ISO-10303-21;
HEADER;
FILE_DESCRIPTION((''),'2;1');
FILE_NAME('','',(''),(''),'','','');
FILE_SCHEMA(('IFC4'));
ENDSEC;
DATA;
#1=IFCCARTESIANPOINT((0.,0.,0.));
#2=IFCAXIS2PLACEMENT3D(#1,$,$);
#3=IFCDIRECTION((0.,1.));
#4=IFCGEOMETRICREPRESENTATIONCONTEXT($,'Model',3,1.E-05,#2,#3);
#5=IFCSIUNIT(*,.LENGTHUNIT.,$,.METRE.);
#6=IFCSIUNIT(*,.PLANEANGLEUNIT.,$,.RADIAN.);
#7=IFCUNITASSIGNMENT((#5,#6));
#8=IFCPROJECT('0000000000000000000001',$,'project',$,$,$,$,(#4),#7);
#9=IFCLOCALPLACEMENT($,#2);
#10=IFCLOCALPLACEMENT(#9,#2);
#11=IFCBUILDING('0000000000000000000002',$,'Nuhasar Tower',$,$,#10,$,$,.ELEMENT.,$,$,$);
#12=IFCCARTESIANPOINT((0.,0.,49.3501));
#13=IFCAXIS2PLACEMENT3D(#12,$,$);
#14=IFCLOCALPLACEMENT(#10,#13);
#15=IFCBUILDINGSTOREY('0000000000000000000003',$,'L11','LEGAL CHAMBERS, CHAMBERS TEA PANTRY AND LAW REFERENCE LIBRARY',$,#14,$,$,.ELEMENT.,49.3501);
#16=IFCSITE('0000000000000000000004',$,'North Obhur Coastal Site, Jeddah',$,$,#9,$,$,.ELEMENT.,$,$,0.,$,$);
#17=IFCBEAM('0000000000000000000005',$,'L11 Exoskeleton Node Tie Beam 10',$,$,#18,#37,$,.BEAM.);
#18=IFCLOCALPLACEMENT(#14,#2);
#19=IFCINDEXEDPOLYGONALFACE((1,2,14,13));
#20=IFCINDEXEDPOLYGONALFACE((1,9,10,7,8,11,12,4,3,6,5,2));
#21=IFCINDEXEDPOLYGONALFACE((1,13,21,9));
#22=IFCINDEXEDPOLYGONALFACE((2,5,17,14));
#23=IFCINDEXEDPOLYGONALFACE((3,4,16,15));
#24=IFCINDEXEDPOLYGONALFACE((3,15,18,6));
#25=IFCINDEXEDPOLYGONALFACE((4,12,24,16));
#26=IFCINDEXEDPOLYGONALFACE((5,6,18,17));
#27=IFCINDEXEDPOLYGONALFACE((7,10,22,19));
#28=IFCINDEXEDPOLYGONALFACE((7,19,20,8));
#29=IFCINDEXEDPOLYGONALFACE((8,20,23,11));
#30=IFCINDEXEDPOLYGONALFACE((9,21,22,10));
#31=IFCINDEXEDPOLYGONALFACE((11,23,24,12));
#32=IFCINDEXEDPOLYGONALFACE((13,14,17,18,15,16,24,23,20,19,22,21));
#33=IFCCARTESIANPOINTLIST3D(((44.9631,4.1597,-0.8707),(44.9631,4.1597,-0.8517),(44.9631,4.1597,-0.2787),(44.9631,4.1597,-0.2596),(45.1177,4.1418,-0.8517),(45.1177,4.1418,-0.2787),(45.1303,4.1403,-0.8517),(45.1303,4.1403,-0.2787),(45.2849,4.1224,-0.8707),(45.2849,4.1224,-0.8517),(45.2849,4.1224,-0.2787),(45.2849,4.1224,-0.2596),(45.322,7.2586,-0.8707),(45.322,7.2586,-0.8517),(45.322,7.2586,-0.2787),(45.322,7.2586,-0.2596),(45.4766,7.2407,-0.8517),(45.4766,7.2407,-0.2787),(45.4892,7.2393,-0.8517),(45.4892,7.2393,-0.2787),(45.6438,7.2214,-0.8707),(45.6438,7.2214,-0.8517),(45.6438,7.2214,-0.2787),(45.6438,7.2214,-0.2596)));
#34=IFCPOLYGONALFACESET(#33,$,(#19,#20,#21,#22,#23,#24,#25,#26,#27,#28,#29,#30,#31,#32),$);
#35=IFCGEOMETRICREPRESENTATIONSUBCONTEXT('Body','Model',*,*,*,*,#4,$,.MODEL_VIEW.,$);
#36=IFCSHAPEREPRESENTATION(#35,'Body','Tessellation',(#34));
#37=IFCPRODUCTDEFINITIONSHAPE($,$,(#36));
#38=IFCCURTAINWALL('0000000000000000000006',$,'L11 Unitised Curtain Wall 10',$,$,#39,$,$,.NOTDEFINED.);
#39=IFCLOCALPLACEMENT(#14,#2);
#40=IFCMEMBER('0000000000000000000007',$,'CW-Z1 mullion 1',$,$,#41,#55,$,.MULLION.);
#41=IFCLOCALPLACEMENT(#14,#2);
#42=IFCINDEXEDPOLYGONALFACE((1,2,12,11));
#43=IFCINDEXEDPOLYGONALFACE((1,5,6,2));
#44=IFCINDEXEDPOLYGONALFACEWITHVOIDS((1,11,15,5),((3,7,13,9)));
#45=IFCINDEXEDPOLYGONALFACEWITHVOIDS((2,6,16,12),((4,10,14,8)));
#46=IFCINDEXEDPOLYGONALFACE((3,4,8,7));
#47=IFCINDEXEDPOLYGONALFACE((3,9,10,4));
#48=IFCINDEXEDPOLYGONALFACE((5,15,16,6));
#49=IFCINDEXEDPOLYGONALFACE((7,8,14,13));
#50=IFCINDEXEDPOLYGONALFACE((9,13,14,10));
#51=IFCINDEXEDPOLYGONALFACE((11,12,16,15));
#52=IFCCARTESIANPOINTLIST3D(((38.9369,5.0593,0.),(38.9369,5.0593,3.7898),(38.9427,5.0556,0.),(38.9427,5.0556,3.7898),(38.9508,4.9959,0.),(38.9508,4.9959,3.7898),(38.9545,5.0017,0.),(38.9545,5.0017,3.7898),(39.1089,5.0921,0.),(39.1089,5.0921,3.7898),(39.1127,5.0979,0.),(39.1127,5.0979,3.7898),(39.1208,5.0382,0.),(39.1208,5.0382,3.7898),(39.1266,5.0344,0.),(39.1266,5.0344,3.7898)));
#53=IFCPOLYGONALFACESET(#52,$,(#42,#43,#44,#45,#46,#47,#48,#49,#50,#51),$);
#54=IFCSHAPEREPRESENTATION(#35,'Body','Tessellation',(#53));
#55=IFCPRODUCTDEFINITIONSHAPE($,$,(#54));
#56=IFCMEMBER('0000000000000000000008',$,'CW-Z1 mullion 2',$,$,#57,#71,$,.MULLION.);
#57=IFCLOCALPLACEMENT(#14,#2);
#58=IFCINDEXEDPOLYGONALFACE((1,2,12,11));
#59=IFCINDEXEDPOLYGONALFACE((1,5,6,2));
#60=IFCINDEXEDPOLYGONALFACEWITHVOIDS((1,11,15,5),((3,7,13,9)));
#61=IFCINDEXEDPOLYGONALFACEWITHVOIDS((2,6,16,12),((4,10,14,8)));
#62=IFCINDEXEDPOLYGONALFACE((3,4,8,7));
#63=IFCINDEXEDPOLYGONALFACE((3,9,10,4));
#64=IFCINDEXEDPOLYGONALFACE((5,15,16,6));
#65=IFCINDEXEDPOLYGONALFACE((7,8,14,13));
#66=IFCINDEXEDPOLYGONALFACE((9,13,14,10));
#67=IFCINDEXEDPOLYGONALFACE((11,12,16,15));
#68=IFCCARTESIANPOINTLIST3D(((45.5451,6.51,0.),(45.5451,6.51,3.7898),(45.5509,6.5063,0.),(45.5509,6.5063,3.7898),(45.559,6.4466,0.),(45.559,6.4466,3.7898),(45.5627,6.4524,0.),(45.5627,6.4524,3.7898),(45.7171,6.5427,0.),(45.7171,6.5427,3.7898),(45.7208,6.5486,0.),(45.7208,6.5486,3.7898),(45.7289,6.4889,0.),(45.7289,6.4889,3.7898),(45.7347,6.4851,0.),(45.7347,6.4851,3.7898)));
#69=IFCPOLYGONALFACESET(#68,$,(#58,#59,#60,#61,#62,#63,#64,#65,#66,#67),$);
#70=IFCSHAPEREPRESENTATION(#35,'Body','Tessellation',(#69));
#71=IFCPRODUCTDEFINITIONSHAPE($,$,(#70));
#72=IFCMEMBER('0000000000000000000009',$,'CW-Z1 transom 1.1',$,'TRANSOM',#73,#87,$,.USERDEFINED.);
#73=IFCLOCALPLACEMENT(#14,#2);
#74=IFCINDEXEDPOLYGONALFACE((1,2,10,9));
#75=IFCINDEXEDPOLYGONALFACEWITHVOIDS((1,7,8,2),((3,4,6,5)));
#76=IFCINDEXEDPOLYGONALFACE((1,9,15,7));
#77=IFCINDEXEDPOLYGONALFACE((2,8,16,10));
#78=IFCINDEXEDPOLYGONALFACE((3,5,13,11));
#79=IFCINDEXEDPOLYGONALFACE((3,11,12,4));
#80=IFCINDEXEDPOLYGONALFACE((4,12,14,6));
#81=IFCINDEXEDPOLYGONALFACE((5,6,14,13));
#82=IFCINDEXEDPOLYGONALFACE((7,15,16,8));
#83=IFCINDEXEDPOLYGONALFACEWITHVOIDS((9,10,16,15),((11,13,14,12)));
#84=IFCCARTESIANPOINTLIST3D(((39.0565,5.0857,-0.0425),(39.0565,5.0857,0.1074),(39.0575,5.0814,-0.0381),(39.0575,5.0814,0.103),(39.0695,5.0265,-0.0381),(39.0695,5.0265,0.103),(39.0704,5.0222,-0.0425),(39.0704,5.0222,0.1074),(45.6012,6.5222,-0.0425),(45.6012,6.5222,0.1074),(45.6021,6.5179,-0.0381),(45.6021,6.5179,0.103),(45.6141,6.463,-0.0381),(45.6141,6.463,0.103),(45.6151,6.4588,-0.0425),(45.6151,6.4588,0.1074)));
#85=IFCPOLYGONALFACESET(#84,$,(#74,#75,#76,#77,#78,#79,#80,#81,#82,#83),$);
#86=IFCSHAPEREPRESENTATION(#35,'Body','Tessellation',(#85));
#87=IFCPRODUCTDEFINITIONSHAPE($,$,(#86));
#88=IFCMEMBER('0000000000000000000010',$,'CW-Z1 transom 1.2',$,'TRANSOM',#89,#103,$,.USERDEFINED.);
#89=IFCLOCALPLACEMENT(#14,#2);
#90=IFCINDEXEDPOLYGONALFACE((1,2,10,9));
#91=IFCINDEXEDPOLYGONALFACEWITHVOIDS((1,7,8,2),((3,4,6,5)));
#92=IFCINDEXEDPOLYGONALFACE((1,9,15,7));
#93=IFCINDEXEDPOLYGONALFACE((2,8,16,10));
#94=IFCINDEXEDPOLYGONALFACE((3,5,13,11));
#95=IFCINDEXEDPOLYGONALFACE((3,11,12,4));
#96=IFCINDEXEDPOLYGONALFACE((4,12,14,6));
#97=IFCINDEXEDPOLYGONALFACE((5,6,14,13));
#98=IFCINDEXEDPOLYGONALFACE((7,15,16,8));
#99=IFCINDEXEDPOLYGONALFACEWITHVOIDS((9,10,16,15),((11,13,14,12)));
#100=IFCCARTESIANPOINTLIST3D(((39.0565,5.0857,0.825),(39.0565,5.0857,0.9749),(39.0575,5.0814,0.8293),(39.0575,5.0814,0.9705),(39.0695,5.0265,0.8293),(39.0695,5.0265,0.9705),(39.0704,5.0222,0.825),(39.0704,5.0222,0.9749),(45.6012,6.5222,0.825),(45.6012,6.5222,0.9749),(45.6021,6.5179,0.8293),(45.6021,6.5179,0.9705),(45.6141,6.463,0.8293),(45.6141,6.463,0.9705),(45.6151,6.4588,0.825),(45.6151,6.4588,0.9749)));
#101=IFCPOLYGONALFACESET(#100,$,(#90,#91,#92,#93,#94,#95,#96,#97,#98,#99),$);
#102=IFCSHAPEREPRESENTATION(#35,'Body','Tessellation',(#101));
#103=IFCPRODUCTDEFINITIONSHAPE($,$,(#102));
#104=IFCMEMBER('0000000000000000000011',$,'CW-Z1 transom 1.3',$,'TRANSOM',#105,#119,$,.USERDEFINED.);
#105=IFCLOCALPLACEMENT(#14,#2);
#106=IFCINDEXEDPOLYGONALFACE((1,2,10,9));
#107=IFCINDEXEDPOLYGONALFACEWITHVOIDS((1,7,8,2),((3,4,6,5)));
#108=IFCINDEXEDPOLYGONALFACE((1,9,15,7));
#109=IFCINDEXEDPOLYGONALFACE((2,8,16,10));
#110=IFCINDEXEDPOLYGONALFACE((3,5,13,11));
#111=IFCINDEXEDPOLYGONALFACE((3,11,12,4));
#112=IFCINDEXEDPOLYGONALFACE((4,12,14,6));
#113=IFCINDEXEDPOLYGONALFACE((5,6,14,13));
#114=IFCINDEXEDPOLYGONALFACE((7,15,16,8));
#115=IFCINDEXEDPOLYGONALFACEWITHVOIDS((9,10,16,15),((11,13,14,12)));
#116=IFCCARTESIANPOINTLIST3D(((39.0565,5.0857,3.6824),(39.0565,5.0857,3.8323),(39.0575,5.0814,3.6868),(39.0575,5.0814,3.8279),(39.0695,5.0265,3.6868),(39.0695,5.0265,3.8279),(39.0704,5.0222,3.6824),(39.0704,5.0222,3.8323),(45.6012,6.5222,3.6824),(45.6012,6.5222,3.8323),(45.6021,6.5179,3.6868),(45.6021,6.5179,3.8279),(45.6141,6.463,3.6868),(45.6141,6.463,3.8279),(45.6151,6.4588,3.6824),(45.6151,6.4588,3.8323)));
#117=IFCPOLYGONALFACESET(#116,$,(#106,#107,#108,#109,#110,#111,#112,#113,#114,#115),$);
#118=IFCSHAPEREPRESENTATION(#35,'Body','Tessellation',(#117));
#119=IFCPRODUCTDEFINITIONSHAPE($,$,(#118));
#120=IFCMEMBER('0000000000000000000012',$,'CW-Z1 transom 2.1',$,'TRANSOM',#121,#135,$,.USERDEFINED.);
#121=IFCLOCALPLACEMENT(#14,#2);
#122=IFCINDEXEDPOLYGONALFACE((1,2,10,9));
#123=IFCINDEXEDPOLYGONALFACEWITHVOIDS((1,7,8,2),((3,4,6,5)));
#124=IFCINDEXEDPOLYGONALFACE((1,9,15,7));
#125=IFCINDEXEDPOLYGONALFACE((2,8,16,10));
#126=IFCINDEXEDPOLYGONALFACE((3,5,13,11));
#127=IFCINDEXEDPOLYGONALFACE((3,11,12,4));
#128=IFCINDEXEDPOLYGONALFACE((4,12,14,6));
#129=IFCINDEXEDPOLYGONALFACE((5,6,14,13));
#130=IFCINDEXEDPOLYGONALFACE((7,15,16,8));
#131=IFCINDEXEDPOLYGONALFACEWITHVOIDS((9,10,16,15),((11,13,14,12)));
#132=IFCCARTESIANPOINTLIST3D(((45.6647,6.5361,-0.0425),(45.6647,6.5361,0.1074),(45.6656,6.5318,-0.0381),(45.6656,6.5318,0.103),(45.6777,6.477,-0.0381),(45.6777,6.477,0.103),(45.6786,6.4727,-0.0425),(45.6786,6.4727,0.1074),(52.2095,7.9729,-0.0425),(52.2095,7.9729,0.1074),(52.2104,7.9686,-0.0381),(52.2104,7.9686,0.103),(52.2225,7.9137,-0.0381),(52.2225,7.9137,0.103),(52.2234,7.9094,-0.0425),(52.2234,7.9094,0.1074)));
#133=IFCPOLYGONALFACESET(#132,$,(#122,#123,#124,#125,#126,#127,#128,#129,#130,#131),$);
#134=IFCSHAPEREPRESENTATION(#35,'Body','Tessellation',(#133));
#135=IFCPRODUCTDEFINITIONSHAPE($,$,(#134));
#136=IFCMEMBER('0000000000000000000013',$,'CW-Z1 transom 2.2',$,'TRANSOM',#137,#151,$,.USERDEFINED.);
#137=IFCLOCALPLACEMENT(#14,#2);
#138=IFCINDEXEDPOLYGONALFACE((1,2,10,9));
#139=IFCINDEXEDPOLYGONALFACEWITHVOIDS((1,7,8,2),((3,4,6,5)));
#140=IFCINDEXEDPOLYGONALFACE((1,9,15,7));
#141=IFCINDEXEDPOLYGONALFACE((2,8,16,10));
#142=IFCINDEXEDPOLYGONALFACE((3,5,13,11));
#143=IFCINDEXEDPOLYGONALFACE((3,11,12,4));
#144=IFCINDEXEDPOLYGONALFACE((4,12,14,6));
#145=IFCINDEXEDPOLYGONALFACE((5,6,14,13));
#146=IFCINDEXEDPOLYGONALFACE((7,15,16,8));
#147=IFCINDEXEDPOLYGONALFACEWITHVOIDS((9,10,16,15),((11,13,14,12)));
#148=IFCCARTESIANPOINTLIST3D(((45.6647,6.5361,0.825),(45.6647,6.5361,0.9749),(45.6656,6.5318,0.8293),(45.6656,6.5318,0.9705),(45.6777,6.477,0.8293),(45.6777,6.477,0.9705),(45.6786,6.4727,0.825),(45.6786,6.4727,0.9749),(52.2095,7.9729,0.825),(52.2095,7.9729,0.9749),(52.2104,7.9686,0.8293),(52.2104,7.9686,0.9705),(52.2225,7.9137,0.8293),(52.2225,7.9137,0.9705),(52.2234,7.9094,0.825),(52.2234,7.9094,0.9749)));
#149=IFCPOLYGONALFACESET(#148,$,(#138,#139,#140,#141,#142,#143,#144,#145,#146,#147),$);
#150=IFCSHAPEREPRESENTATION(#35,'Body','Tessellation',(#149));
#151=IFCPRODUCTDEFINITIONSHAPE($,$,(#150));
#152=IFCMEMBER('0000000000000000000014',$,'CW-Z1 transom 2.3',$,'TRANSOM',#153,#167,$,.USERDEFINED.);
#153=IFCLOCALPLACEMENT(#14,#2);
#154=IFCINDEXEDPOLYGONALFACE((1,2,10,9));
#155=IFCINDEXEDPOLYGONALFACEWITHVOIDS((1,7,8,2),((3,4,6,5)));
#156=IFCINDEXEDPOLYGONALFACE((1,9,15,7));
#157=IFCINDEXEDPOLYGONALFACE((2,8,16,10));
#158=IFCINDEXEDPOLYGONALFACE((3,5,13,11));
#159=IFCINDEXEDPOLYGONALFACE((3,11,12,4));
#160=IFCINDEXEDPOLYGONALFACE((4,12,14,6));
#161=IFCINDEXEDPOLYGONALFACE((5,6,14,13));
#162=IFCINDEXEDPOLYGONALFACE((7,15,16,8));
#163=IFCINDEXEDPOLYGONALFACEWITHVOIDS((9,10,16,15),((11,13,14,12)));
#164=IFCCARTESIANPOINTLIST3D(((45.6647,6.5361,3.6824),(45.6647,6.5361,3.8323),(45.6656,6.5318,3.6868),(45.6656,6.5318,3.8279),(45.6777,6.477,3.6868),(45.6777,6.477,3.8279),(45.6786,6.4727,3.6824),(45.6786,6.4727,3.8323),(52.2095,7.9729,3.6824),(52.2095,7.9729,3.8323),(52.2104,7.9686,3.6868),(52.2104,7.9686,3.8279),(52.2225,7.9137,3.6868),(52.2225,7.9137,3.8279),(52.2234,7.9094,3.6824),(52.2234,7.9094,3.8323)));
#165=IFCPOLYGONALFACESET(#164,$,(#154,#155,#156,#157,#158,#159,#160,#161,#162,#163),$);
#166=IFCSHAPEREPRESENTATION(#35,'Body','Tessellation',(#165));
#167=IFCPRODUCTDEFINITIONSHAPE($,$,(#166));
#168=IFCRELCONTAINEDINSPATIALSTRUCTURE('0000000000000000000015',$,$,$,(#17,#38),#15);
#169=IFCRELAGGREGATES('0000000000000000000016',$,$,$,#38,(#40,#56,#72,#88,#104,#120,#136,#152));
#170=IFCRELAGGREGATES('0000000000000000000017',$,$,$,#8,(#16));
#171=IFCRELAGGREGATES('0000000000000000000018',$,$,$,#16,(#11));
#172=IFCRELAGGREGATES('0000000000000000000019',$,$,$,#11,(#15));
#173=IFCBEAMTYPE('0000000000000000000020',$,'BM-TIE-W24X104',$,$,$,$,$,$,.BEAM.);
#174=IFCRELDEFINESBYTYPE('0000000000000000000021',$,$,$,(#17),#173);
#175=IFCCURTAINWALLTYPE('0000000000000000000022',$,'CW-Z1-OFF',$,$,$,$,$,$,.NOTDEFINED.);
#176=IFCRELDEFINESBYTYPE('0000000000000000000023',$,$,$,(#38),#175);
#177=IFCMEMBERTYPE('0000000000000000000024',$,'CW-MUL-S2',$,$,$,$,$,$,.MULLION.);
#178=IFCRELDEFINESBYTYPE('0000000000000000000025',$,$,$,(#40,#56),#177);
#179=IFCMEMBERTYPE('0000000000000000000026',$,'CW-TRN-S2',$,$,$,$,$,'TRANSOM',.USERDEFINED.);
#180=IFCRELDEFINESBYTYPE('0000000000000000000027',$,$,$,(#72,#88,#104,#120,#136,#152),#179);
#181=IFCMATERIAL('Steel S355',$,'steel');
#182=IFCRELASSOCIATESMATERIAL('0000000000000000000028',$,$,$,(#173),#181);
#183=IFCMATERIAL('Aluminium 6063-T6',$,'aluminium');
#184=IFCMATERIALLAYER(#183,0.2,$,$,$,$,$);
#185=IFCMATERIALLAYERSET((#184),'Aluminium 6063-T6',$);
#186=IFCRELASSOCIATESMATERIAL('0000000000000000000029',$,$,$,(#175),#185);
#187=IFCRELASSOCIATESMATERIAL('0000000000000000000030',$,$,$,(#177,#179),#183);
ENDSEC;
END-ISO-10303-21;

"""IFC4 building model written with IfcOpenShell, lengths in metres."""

from ifc_helpers import new_model, si_unit, direction, frame, origin, origin_2d, place, context, subcontext, project, spatial, hollow_rectangle, i_section, extrude, material, layer, layer_set, material_profile, profile_set, type_object, element, aggregate, save


model = new_model("IFC4")

# Units and contexts
model_context = context("Model", 3, precision=1e-05, world=origin(), true_north=direction((0.0, 1.0)))
body_context = subcontext(model_context, "Body", "Model", "MODEL_VIEW")
ifc_project = project(units=[si_unit("LENGTHUNIT", "METRE"), si_unit("PLANEANGLEUNIT", "RADIAN")], contexts=[model_context])

# Site, building, storey
site_placement = place(None, origin())
site = spatial("IfcSite", under=ifc_project, at=site_placement, Name="North Obhur Coastal Site, Jeddah", CompositionType="ELEMENT", RefElevation=0.0)
building_placement = place(site_placement, origin())
building = spatial("IfcBuilding", under=site, at=building_placement, Name="Nuhasar Tower", CompositionType="ELEMENT")
storey_placement = place(building_placement, frame((0.0, 0.0, 49.3501)))
storey = spatial("IfcBuildingStorey", under=building, at=storey_placement, Name="L11", Description="LEGAL CHAMBERS, CHAMBERS TEA PANTRY AND LAW REFERENCE LIBRARY", CompositionType="ELEMENT", Elevation=49.3501)

# Beam
ifc_material_1 = material(Name="Steel S355", Category="steel")
ifc_material_profile_1 = material_profile(ifc_material_1, i_section(OverallWidth=0.324, OverallDepth=0.6111, WebThickness=0.0127, FlangeThickness=0.019, at=origin_2d()), Name="W24X104")
ifc_profile_set_1 = profile_set([ifc_material_profile_1], Name="Steel S355")
beam_type_1 = type_object("IfcBeamType", Name="BM-TIE-W24X104", PredefinedType="BEAM", material=ifc_profile_set_1)
beam_1_placement = place(storey_placement, frame((45.4829, 7.24, -0.5652), z_axis=(-0.115043, -0.993361, 0.0), x_axis=(0.993361, -0.115043, 0.0)))
element("IfcBeam", 1, at=beam_1_placement, inside=storey, type_object=beam_type_1, Name="L11 Exoskeleton Node Tie Beam 10", PredefinedType="BEAM", context=body_context, shape_type="SweptSolid", body=[
    extrude(i_section(OverallWidth=0.324, OverallDepth=0.6111, WebThickness=0.0127, FlangeThickness=0.019, at=origin_2d()), origin(), (0.0, 0.0, 1.0), 3.1196),
])

# Curtain wall, members
ifc_material_2 = material(Name="Aluminium 6063-T6", Category="aluminium")
ifc_layer_1 = layer(ifc_material_2, 0.2)
ifc_layer_set_1 = layer_set([ifc_layer_1], Name="Aluminium 6063-T6")
curtain_wall_type = type_object("IfcCurtainWallType", Name="CW-Z1-OFF", PredefinedType="NOTDEFINED", material=ifc_layer_set_1)
curtain_wall_placement = place(storey_placement, origin())
curtain_wall = element("IfcCurtainWall", 2, at=curtain_wall_placement, inside=storey, type_object=curtain_wall_type, Name="L11 Unitised Curtain Wall 10", PredefinedType="NOTDEFINED")
ifc_material_profile_2 = material_profile(ifc_material_2, hollow_rectangle(XDim=0.0649, YDim=0.1799, WallThickness=0.0049, at=origin_2d()), Name="CWM-2")
ifc_profile_set_2 = profile_set([ifc_material_profile_2], Name="Aluminium 6063-T6")
member_type_1 = type_object("IfcMemberType", Name="CW-MUL-S2", PredefinedType="MULLION", material=ifc_profile_set_2)
member_1_placement = place(storey_placement, frame((39.0317, 5.0469, 0.0), z_axis=(0.0, 0.0, 1.0), x_axis=(-0.214399, 0.976746, 0.0)))
member_1 = element("IfcMember", 3, at=member_1_placement, type_object=member_type_1, Name="CW-Z1 mullion 1", PredefinedType="MULLION", context=body_context, shape_type="SweptSolid", body=[
    extrude(hollow_rectangle(XDim=0.0649, YDim=0.1799, WallThickness=0.0049, at=origin_2d()), origin(), (0.0, 0.0, 1.0), 3.7898),
])
member_2_placement = place(storey_placement, frame((45.6399, 6.4976, 0.0), z_axis=(0.0, 0.0, 1.0), x_axis=(-0.214399, 0.976746, 0.0)))
member_2 = element("IfcMember", 4, at=member_2_placement, type_object=member_type_1, Name="CW-Z1 mullion 2", PredefinedType="MULLION", context=body_context, shape_type="SweptSolid", body=[
    extrude(hollow_rectangle(XDim=0.0649, YDim=0.1799, WallThickness=0.0049, at=origin_2d()), origin(), (0.0, 0.0, 1.0), 3.7898),
])
ifc_material_profile_3 = material_profile(ifc_material_2, hollow_rectangle(XDim=0.0649, YDim=0.1499, WallThickness=0.0044, at=origin_2d()), Name="CWT-2")
ifc_profile_set_3 = profile_set([ifc_material_profile_3], Name="Aluminium 6063-T6")
member_type_2 = type_object("IfcMemberType", Name="CW-TRN-S2", ElementType="TRANSOM", PredefinedType="USERDEFINED", material=ifc_profile_set_3)
member_3_placement = place(storey_placement, frame((39.0635, 5.054, 0.0325), z_axis=(0.976748, 0.214391, 0.0), x_axis=(-0.214391, 0.976748, 0.0)))
member_3 = element("IfcMember", 5, at=member_3_placement, type_object=member_type_2, Name="CW-Z1 transom 1.1", ObjectType="TRANSOM", PredefinedType="USERDEFINED", context=body_context, shape_type="SweptSolid", body=[
    extrude(hollow_rectangle(XDim=0.0649, YDim=0.1499, WallThickness=0.0044, at=origin_2d()), origin(), (0.0, 0.0, 1.0), 6.7004),
])
member_4_placement = place(storey_placement, frame((39.0635, 5.054, 0.8999), z_axis=(0.976748, 0.214391, 0.0), x_axis=(-0.214391, 0.976748, 0.0)))
member_4 = element("IfcMember", 6, at=member_4_placement, type_object=member_type_2, Name="CW-Z1 transom 1.2", ObjectType="TRANSOM", PredefinedType="USERDEFINED", context=body_context, shape_type="SweptSolid", body=[
    extrude(hollow_rectangle(XDim=0.0649, YDim=0.1499, WallThickness=0.0044, at=origin_2d()), origin(), (0.0, 0.0, 1.0), 6.7004),
])
member_5_placement = place(storey_placement, frame((39.0635, 5.054, 3.7573), z_axis=(0.976748, 0.214391, 0.0), x_axis=(-0.214391, 0.976748, 0.0)))
member_5 = element("IfcMember", 7, at=member_5_placement, type_object=member_type_2, Name="CW-Z1 transom 1.3", ObjectType="TRANSOM", PredefinedType="USERDEFINED", context=body_context, shape_type="SweptSolid", body=[
    extrude(hollow_rectangle(XDim=0.0649, YDim=0.1499, WallThickness=0.0044, at=origin_2d()), origin(), (0.0, 0.0, 1.0), 6.7004),
])
member_6_placement = place(storey_placement, frame((45.6716, 6.5044, 0.0325), z_axis=(0.976742, 0.214418, 0.0), x_axis=(-0.214418, 0.976742, 0.0)))
member_6 = element("IfcMember", 8, at=member_6_placement, type_object=member_type_2, Name="CW-Z1 transom 2.1", ObjectType="TRANSOM", PredefinedType="USERDEFINED", context=body_context, shape_type="SweptSolid", body=[
    extrude(hollow_rectangle(XDim=0.0649, YDim=0.1499, WallThickness=0.0044, at=origin_2d()), origin(), (0.0, 0.0, 1.0), 6.7007),
])
member_7_placement = place(storey_placement, frame((45.6716, 6.5044, 0.8999), z_axis=(0.976742, 0.214418, 0.0), x_axis=(-0.214418, 0.976742, 0.0)))
member_7 = element("IfcMember", 9, at=member_7_placement, type_object=member_type_2, Name="CW-Z1 transom 2.2", ObjectType="TRANSOM", PredefinedType="USERDEFINED", context=body_context, shape_type="SweptSolid", body=[
    extrude(hollow_rectangle(XDim=0.0649, YDim=0.1499, WallThickness=0.0044, at=origin_2d()), origin(), (0.0, 0.0, 1.0), 6.7007),
])
member_8_placement = place(storey_placement, frame((45.6716, 6.5044, 3.7573), z_axis=(0.976742, 0.214418, 0.0), x_axis=(-0.214418, 0.976742, 0.0)))
member_8 = element("IfcMember", 10, at=member_8_placement, type_object=member_type_2, Name="CW-Z1 transom 2.3", ObjectType="TRANSOM", PredefinedType="USERDEFINED", context=body_context, shape_type="SweptSolid", body=[
    extrude(hollow_rectangle(XDim=0.0649, YDim=0.1499, WallThickness=0.0044, at=origin_2d()), origin(), (0.0, 0.0, 1.0), 6.7007),
])

aggregate(curtain_wall, [member_1, member_2, member_3, member_4, member_5, member_6, member_7, member_8])

save(model, "model.ifc")
